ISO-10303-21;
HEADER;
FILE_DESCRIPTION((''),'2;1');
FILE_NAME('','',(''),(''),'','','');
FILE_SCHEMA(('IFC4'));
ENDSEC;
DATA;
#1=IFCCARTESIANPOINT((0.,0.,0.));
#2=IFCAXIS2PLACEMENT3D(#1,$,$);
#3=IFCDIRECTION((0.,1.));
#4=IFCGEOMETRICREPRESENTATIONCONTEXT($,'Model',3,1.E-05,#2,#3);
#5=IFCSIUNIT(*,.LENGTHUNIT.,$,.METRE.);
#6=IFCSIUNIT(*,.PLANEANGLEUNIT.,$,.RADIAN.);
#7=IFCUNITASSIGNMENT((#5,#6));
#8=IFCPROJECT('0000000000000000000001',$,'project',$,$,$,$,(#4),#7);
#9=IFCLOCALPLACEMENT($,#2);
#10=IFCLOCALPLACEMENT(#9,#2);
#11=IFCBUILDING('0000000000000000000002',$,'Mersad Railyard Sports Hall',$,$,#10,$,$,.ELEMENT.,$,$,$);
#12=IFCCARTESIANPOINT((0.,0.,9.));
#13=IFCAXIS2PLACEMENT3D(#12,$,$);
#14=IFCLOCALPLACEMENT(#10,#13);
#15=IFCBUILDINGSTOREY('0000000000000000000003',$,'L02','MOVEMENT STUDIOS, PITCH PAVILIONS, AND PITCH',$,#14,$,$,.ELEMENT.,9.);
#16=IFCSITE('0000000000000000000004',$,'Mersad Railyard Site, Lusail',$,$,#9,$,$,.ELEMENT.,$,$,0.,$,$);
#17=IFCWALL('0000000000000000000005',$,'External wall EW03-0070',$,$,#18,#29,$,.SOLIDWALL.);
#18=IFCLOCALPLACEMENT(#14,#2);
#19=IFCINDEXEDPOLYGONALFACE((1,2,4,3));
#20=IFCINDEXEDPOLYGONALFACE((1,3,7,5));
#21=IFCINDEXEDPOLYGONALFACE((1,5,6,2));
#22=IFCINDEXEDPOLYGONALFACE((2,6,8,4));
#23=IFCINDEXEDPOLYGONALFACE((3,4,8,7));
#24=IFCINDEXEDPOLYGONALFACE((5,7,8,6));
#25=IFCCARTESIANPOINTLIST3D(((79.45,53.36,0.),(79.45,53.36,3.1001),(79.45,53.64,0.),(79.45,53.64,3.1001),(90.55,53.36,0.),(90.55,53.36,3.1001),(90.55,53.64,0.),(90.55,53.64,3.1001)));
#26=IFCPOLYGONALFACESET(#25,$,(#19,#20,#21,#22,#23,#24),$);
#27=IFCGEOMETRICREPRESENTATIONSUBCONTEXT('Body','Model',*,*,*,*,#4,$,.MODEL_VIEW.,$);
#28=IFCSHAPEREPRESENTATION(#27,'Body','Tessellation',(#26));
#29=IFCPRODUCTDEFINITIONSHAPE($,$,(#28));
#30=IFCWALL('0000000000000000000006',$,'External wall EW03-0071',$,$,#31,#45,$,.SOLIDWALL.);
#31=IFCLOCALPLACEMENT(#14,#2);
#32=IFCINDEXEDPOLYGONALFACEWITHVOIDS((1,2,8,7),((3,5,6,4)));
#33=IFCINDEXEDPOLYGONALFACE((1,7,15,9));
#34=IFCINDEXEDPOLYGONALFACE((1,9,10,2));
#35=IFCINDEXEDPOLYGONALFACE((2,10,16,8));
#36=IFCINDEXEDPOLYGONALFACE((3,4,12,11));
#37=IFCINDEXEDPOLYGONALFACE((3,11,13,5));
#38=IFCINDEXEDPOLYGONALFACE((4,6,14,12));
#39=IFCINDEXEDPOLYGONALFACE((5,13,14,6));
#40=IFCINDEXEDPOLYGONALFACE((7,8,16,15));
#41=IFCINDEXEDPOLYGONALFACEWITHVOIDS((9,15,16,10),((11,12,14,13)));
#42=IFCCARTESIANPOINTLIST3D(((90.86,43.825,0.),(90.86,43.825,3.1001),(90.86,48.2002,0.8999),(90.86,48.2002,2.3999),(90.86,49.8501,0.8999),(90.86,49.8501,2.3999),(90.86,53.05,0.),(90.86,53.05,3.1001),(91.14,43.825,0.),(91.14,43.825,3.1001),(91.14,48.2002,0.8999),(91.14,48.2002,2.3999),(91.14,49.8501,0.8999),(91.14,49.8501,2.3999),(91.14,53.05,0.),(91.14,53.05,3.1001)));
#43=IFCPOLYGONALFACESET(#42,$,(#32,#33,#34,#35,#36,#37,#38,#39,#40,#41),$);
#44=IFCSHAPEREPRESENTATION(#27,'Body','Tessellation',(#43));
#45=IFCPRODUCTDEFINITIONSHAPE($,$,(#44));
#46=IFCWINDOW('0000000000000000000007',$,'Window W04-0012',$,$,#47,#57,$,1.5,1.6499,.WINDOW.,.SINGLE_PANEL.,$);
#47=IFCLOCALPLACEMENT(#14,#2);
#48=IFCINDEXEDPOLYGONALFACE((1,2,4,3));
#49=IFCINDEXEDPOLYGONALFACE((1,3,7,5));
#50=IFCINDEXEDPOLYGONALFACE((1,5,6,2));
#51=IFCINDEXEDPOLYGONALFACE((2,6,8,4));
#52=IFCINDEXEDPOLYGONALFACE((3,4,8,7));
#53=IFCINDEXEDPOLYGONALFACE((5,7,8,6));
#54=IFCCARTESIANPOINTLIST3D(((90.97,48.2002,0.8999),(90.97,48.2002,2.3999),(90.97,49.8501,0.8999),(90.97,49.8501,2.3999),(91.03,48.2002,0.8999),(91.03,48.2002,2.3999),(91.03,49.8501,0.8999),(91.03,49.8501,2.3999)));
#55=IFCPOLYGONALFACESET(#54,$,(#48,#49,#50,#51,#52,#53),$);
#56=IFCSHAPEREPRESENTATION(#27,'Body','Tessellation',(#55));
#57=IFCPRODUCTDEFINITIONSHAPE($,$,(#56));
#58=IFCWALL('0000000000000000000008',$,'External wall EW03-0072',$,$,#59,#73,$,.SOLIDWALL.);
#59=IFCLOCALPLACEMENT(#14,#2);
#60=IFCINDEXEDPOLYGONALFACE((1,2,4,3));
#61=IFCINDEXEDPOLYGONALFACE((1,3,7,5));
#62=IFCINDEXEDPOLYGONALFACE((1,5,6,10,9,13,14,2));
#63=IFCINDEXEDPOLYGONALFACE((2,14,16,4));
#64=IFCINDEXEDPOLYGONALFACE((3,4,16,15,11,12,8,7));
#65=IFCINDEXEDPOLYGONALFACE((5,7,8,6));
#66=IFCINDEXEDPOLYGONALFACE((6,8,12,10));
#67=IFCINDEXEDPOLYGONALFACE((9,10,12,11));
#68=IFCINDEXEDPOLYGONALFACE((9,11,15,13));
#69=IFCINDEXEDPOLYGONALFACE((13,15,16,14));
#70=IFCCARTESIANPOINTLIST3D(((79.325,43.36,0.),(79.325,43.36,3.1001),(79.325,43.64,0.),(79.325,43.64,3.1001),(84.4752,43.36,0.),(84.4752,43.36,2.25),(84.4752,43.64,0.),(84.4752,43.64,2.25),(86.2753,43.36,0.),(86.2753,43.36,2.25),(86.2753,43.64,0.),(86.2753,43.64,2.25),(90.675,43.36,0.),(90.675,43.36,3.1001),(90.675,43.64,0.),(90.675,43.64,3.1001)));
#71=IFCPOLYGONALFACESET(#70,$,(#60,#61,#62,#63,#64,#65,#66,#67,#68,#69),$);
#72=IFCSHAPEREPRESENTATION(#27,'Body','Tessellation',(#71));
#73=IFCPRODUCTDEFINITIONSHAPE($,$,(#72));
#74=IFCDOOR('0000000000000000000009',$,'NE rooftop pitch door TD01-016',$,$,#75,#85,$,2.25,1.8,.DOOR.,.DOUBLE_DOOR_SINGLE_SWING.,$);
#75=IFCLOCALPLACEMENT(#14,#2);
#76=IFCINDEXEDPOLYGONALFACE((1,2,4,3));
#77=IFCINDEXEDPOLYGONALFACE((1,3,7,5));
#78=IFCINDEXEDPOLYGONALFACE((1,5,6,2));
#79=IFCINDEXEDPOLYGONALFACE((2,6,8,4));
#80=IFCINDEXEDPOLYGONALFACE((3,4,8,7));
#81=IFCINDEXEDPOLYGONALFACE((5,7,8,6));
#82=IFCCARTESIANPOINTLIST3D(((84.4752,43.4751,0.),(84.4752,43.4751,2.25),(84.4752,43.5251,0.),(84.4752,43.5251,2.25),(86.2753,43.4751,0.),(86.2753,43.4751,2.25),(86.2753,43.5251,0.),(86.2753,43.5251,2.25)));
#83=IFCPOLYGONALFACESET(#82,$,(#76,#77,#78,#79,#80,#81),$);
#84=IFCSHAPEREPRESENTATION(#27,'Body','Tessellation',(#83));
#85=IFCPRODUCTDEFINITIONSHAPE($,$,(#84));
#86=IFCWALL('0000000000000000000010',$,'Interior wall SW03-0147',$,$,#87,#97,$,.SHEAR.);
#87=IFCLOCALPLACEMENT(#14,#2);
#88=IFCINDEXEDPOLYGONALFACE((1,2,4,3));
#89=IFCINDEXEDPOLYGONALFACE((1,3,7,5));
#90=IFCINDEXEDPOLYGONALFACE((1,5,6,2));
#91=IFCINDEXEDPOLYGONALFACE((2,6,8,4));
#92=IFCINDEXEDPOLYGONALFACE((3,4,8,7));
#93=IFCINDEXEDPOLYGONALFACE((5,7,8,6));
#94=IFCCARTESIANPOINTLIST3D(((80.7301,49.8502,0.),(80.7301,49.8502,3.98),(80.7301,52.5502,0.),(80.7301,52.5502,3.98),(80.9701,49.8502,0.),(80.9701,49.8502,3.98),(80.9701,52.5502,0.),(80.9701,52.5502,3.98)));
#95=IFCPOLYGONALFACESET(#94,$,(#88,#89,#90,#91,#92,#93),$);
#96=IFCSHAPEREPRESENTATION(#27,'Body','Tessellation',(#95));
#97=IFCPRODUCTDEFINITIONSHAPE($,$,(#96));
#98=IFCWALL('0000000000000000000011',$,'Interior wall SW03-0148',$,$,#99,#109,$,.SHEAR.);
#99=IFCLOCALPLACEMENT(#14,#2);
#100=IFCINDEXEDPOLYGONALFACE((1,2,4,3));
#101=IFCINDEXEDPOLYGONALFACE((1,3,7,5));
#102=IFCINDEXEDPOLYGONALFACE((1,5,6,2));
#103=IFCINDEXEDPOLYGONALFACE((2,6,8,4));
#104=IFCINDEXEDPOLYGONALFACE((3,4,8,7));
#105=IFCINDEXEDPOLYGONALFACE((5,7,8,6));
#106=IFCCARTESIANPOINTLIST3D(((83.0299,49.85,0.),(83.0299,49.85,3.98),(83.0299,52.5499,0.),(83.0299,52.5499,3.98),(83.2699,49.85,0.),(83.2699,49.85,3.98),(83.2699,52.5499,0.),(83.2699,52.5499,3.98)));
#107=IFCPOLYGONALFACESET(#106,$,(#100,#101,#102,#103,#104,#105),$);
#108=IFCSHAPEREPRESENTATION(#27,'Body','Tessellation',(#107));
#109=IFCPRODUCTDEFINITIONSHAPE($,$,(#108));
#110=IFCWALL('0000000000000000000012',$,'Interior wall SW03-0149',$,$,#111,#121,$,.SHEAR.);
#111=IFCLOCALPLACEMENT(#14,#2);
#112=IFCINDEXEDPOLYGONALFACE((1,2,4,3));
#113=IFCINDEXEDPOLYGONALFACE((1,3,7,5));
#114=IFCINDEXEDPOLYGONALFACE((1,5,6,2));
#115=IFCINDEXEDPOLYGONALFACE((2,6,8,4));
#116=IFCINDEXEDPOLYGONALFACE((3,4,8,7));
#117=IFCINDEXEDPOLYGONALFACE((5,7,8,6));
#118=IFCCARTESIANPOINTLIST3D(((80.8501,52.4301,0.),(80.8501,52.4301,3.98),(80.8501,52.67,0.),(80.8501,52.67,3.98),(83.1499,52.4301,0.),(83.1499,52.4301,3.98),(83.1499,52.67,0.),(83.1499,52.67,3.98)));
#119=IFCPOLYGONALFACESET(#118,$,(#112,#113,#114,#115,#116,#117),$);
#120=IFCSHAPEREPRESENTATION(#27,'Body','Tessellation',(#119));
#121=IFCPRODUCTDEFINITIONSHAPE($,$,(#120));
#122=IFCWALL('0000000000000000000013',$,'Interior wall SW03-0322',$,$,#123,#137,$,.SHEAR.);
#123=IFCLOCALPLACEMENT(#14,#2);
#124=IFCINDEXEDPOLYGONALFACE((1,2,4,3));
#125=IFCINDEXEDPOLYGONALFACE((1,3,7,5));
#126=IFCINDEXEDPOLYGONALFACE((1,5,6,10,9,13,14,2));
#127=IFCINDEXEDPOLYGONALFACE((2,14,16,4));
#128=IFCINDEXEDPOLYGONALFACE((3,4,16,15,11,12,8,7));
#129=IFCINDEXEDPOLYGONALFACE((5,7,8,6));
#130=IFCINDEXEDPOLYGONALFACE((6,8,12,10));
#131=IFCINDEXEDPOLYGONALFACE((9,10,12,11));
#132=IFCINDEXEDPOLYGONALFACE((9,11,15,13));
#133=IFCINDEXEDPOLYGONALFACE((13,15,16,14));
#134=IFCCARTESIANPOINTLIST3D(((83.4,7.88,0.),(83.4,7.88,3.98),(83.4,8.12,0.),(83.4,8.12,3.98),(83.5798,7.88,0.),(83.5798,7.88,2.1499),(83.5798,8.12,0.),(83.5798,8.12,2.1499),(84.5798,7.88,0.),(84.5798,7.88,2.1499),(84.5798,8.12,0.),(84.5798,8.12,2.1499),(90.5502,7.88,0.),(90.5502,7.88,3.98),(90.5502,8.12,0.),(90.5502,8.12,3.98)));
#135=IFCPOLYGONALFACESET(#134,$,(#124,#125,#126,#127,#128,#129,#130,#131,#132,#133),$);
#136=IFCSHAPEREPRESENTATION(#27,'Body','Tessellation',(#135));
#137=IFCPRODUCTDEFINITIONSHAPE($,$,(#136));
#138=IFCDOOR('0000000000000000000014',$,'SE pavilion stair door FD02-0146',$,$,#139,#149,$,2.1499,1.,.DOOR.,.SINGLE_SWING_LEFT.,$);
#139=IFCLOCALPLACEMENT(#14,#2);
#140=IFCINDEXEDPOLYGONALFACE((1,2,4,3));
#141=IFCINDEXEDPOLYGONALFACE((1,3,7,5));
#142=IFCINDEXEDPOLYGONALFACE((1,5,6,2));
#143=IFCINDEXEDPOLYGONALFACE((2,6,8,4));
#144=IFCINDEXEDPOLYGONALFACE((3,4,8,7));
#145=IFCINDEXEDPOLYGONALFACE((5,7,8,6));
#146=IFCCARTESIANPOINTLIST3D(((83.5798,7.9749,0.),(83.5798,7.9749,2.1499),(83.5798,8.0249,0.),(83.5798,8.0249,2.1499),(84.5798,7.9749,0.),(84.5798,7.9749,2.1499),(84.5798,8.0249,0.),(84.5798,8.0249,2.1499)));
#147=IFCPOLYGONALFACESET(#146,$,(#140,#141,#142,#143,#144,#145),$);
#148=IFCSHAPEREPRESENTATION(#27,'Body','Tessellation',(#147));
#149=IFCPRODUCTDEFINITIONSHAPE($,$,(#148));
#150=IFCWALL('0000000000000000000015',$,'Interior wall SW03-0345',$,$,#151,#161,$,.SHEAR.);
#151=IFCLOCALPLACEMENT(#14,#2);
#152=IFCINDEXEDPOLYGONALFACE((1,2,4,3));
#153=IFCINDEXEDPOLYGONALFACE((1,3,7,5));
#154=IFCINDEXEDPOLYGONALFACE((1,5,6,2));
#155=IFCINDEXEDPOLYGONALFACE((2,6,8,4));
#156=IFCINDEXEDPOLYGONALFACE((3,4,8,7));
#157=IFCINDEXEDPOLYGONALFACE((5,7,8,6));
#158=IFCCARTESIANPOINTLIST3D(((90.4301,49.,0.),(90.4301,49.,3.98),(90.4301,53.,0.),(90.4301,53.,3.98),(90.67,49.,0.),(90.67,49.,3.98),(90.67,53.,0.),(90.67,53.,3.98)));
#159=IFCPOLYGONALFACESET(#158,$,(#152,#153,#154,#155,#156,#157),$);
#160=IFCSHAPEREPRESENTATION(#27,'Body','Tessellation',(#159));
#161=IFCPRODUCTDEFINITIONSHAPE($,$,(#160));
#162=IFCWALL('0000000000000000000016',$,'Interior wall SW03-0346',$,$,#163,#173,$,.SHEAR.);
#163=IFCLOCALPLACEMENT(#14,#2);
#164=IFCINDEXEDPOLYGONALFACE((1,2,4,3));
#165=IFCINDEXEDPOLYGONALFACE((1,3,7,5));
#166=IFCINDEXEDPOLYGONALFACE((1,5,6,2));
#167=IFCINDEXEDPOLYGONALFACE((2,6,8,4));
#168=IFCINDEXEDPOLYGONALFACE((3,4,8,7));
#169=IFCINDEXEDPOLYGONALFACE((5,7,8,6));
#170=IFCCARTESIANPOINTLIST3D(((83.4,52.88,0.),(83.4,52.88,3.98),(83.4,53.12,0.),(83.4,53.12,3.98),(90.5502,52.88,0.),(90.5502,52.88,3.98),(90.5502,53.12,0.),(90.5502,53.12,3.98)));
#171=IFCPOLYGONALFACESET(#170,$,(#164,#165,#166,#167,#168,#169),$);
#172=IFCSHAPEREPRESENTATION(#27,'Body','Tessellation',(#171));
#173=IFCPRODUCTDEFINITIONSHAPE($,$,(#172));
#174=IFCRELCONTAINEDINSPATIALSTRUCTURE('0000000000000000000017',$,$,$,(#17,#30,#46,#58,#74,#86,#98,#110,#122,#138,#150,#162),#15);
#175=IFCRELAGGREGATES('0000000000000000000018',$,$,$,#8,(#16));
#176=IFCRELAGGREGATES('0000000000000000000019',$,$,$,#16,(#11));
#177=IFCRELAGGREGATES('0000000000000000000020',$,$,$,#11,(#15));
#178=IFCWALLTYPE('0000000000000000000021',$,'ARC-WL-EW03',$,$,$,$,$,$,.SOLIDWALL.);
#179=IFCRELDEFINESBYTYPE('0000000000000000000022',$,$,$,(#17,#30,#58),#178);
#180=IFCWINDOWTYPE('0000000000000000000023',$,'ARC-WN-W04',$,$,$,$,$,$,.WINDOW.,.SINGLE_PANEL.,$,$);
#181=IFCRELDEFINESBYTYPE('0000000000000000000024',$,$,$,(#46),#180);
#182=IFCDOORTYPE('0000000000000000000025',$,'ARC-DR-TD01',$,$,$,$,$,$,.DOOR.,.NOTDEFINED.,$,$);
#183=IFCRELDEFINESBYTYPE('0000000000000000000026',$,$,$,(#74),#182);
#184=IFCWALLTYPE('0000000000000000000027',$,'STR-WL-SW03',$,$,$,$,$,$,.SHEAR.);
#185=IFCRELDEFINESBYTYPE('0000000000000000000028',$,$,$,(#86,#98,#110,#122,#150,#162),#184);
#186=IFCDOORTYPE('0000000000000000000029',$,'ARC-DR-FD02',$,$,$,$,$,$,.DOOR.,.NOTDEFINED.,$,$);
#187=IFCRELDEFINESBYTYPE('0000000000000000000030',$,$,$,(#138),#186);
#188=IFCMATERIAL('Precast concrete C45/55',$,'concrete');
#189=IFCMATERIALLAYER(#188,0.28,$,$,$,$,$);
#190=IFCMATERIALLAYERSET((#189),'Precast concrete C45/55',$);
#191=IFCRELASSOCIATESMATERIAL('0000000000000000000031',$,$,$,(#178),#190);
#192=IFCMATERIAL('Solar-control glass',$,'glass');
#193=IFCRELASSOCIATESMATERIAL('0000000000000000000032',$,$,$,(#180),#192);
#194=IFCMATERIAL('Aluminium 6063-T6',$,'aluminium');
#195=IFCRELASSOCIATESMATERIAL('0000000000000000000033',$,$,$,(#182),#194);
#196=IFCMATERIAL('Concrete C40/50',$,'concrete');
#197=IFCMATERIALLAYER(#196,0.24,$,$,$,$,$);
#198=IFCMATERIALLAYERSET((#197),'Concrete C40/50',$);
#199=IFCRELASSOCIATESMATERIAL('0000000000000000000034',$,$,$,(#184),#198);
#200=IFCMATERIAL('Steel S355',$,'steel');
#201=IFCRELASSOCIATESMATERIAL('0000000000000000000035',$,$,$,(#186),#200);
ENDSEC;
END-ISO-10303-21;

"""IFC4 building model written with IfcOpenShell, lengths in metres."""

from ifc_helpers import new_model, si_unit, direction, frame, frame_2d, origin, place, context, subcontext, project, spatial, rectangle, extrude, material, layer, layer_set, type_object, element, fill, save


model = new_model("IFC4")

# Units and contexts
model_context = context("Model", 3, precision=1e-05, world=origin(), true_north=direction((0.0, 1.0)))
body_context = subcontext(model_context, "Body", "Model", "MODEL_VIEW")
ifc_project = project(units=[si_unit("LENGTHUNIT", "METRE"), si_unit("PLANEANGLEUNIT", "RADIAN")], contexts=[model_context])

# Site, building, storey
site_placement = place(None, origin())
site = spatial("IfcSite", under=ifc_project, at=site_placement, Name="Mersad Railyard Site, Lusail", CompositionType="ELEMENT", RefElevation=0.0)
building_placement = place(site_placement, origin())
building = spatial("IfcBuilding", under=site, at=building_placement, Name="Mersad Railyard Sports Hall", CompositionType="ELEMENT")
storey_placement = place(building_placement, frame((0.0, 0.0, 9.0)))
storey = spatial("IfcBuildingStorey", under=building, at=storey_placement, Name="L02", Description="MOVEMENT STUDIOS, PITCH PAVILIONS, AND PITCH", CompositionType="ELEMENT", Elevation=9.0)

# Shared definitions
ifc_material_1 = material(Name="Concrete C40/50", Category="concrete")

# Shared definitions
ifc_material_2 = material(Name="Aluminium 6063-T6", Category="aluminium")

# Shared definitions
ifc_material_3 = material(Name="Steel S355", Category="steel")

# Shared definitions
ifc_material_4 = material(Name="Precast concrete C45/55", Category="concrete")
ifc_layer_1 = layer(ifc_material_4, 0.28)
ifc_layer_set_1 = layer_set([ifc_layer_1], Name="Precast concrete C45/55")
wall_type_1 = type_object("IfcWallType", Name="ARC-WL-EW03", PredefinedType="SOLIDWALL", material=ifc_layer_set_1)
ifc_material_5 = material(Name="Solar-control glass", Category="glass")
window_type = type_object("IfcWindowType", Name="ARC-WN-W04", PartitioningType="SINGLE_PANEL", PredefinedType="WINDOW", material=ifc_material_5)

# Wall
wall_1_placement = place(storey_placement, frame((79.45, 53.5, 0.0), z_axis=(0.0, 0.0, 1.0), x_axis=(1.0, 0.0, 0.0)))
element("IfcWall", 1, at=wall_1_placement, inside=storey, type_object=wall_type_1, Name="External wall EW03-0070", PredefinedType="SOLIDWALL", context=body_context, shape_type="SweptSolid", body=[
    extrude(rectangle(XDim=11.1001, YDim=0.28, at=frame_2d((5.55, 0.0))), origin(), (0.0, 0.0, 1.0), 3.1001),
])

# Wall, opening, window
wall_2_placement = place(storey_placement, frame((91.0, 53.05, 0.0), z_axis=(0.0, 0.0, 1.0), x_axis=(0.0, -1.0, 0.0)))
wall_2 = element("IfcWall", 2, at=wall_2_placement, inside=storey, type_object=wall_type_1, Name="External wall EW03-0071", PredefinedType="SOLIDWALL", context=body_context, shape_type="SweptSolid", body=[
    extrude(rectangle(XDim=9.2251, YDim=0.28, at=frame_2d((4.6125, 0.0))), origin(), (0.0, 0.0, 1.0), 3.1001),
])
opening_1_placement = place(wall_2_placement, frame((3.2, 0.0, 0.8999)))
opening_1 = element("IfcOpeningElement", 3, at=opening_1_placement, cuts=wall_2, PredefinedType="OPENING", context=body_context, shape_type="SweptSolid", body=[
    extrude(rectangle(XDim=1.6499, YDim=1.5, at=frame_2d((0.825, 0.75))), frame((0.0, 0.1499, 0.0), z_axis=(0.0, -1.0, 0.0), x_axis=(1.0, 0.0, 0.0)), (0.0, 0.0, 1.0), 0.3),
])
window_1_placement = place(opening_1_placement, origin())
window_1 = element("IfcWindow", 4, at=window_1_placement, inside=storey, type_object=window_type, Name="Window W04-0012", OverallHeight=1.5, OverallWidth=1.6499, PartitioningType="SINGLE_PANEL", PredefinedType="WINDOW", context=body_context, shape_type="SweptSolid", body=[
    extrude(rectangle(XDim=1.6499, YDim=1.5, at=frame_2d((0.825, 0.75))), frame((0.0, 0.03, 0.0), z_axis=(0.0, -1.0, 0.0), x_axis=(1.0, 0.0, 0.0)), (0.0, 0.0, 1.0), 0.0601),
])
fill(opening_1, window_1)

# Wall, opening, door
wall_3_placement = place(storey_placement, frame((90.675, 43.5, 0.0), z_axis=(0.0, 0.0, 1.0), x_axis=(-1.0, 0.0, 0.0)))
wall_3 = element("IfcWall", 5, at=wall_3_placement, inside=storey, type_object=wall_type_1, Name="External wall EW03-0072", PredefinedType="SOLIDWALL", context=body_context, shape_type="SweptSolid", body=[
    extrude(rectangle(XDim=11.3501, YDim=0.28, at=frame_2d((5.675, 0.0))), origin(), (0.0, 0.0, 1.0), 3.1001),
])
opening_2_placement = place(wall_3_placement, frame((4.3999, 0.0, 0.0)))
opening_2 = element("IfcOpeningElement", 6, at=opening_2_placement, cuts=wall_3, PredefinedType="OPENING", context=body_context, shape_type="SweptSolid", body=[
    extrude(rectangle(XDim=1.8, YDim=2.25, at=frame_2d((0.8999, 1.125))), frame((0.0, 0.1499, 0.0), z_axis=(0.0, -1.0, 0.0), x_axis=(1.0, 0.0, 0.0)), (0.0, 0.0, 1.0), 0.3),
])
door_type_1 = type_object("IfcDoorType", Name="ARC-DR-TD01", OperationType="NOTDEFINED", PredefinedType="DOOR", material=ifc_material_2)
door_1_placement = place(opening_2_placement, origin())
door_1 = element("IfcDoor", 7, at=door_1_placement, inside=storey, type_object=door_type_1, Name="NE rooftop pitch door TD01-016", OperationType="DOUBLE_DOOR_SINGLE_SWING", OverallHeight=2.25, OverallWidth=1.8, PredefinedType="DOOR", context=body_context, shape_type="SweptSolid", body=[
    extrude(rectangle(XDim=1.8, YDim=2.25, at=frame_2d((0.8999, 1.125))), frame((0.0, 0.0249, 0.0), z_axis=(0.0, -1.0, 0.0), x_axis=(1.0, 0.0, 0.0)), (0.0, 0.0, 1.0), 0.05),
])
fill(opening_2, door_1)

# Walls
ifc_layer_2 = layer(ifc_material_1, 0.24)
ifc_layer_set_2 = layer_set([ifc_layer_2], Name="Concrete C40/50")
wall_type_2 = type_object("IfcWallType", Name="STR-WL-SW03", PredefinedType="SHEAR", material=ifc_layer_set_2)
for number, where, z_axis, x_axis, name in (
    (8, (80.8501, 49.8501, 0.0), (0.0, 0.0, 1.0), (0.0, 1.0, 0.0), "Interior wall SW03-0147"),
    (9, (83.1499, 52.55, 0.0), (0.0, 0.0, 1.0), (0.0, -1.0, 0.0), "Interior wall SW03-0148"),
):
    element("IfcWall", number, at=place(storey_placement, frame(where, z_axis=z_axis, x_axis=x_axis)), inside=storey, type_object=wall_type_2, Name=name, PredefinedType="SHEAR", context=body_context, shape_type="SweptSolid", body=[
        extrude(rectangle(XDim=2.7, YDim=0.24, at=frame_2d((1.3501, 0.0))), origin(), (0.0, 0.0, 1.0), 3.98),
    ])
wall_4_placement = place(storey_placement, frame((80.8501, 52.55, 0.0), z_axis=(0.0, 0.0, 1.0), x_axis=(1.0, 0.0, 0.0)))
element("IfcWall", 10, at=wall_4_placement, inside=storey, type_object=wall_type_2, Name="Interior wall SW03-0149", PredefinedType="SHEAR", context=body_context, shape_type="SweptSolid", body=[
    extrude(rectangle(XDim=2.2998, YDim=0.24, at=frame_2d((1.1499, 0.0))), origin(), (0.0, 0.0, 1.0), 3.98),
])

# Wall, opening, door
wall_5_placement = place(storey_placement, frame((83.3999, 8.0, 0.0), z_axis=(0.0, 0.0, 1.0), x_axis=(1.0, 0.0, 0.0)))
wall_5 = element("IfcWall", 11, at=wall_5_placement, inside=storey, type_object=wall_type_2, Name="Interior wall SW03-0322", PredefinedType="SHEAR", context=body_context, shape_type="SweptSolid", body=[
    extrude(rectangle(XDim=7.1501, YDim=0.24, at=frame_2d((3.5752, 0.0))), origin(), (0.0, 0.0, 1.0), 3.98),
])
opening_3_placement = place(wall_5_placement, frame((0.1799, 0.0, 0.0)))
opening_3 = element("IfcOpeningElement", 12, at=opening_3_placement, cuts=wall_5, PredefinedType="OPENING", context=body_context, shape_type="SweptSolid", body=[
    extrude(rectangle(XDim=1.0, YDim=2.1499, at=frame_2d((0.5, 1.075))), frame((0.0, 0.1299, 0.0), z_axis=(0.0, -1.0, 0.0), x_axis=(1.0, 0.0, 0.0)), (0.0, 0.0, 1.0), 0.26),
])
door_type_2 = type_object("IfcDoorType", Name="ARC-DR-FD02", OperationType="NOTDEFINED", PredefinedType="DOOR", material=ifc_material_3)
door_2_placement = place(opening_3_placement, origin())
door_2 = element("IfcDoor", 13, at=door_2_placement, inside=storey, type_object=door_type_2, Name="SE pavilion stair door FD02-0146", OperationType="SINGLE_SWING_LEFT", OverallHeight=2.1499, OverallWidth=1.0, PredefinedType="DOOR", context=body_context, shape_type="SweptSolid", body=[
    extrude(rectangle(XDim=1.0, YDim=2.1499, at=frame_2d((0.5, 1.075))), frame((0.0, 0.0249, 0.0), z_axis=(0.0, -1.0, 0.0), x_axis=(1.0, 0.0, 0.0)), (0.0, 0.0, 1.0), 0.05),
])
fill(opening_3, door_2)

# Walls
wall_6_placement = place(storey_placement, frame((90.55, 49.0, 0.0), z_axis=(0.0, 0.0, 1.0), x_axis=(0.0, 1.0, 0.0)))
element("IfcWall", 14, at=wall_6_placement, inside=storey, type_object=wall_type_2, Name="Interior wall SW03-0345", PredefinedType="SHEAR", context=body_context, shape_type="SweptSolid", body=[
    extrude(rectangle(XDim=4.0, YDim=0.24, at=frame_2d((2.0, 0.0))), origin(), (0.0, 0.0, 1.0), 3.98),
])
wall_7_placement = place(storey_placement, frame((83.3999, 53.0, 0.0), z_axis=(0.0, 0.0, 1.0), x_axis=(1.0, 0.0, 0.0)))
element("IfcWall", 15, at=wall_7_placement, inside=storey, type_object=wall_type_2, Name="Interior wall SW03-0346", PredefinedType="SHEAR", context=body_context, shape_type="SweptSolid", body=[
    extrude(rectangle(XDim=7.1501, YDim=0.24, at=frame_2d((3.5752, 0.0))), origin(), (0.0, 0.0, 1.0), 3.98),
])

save(model, "model.ifc")
